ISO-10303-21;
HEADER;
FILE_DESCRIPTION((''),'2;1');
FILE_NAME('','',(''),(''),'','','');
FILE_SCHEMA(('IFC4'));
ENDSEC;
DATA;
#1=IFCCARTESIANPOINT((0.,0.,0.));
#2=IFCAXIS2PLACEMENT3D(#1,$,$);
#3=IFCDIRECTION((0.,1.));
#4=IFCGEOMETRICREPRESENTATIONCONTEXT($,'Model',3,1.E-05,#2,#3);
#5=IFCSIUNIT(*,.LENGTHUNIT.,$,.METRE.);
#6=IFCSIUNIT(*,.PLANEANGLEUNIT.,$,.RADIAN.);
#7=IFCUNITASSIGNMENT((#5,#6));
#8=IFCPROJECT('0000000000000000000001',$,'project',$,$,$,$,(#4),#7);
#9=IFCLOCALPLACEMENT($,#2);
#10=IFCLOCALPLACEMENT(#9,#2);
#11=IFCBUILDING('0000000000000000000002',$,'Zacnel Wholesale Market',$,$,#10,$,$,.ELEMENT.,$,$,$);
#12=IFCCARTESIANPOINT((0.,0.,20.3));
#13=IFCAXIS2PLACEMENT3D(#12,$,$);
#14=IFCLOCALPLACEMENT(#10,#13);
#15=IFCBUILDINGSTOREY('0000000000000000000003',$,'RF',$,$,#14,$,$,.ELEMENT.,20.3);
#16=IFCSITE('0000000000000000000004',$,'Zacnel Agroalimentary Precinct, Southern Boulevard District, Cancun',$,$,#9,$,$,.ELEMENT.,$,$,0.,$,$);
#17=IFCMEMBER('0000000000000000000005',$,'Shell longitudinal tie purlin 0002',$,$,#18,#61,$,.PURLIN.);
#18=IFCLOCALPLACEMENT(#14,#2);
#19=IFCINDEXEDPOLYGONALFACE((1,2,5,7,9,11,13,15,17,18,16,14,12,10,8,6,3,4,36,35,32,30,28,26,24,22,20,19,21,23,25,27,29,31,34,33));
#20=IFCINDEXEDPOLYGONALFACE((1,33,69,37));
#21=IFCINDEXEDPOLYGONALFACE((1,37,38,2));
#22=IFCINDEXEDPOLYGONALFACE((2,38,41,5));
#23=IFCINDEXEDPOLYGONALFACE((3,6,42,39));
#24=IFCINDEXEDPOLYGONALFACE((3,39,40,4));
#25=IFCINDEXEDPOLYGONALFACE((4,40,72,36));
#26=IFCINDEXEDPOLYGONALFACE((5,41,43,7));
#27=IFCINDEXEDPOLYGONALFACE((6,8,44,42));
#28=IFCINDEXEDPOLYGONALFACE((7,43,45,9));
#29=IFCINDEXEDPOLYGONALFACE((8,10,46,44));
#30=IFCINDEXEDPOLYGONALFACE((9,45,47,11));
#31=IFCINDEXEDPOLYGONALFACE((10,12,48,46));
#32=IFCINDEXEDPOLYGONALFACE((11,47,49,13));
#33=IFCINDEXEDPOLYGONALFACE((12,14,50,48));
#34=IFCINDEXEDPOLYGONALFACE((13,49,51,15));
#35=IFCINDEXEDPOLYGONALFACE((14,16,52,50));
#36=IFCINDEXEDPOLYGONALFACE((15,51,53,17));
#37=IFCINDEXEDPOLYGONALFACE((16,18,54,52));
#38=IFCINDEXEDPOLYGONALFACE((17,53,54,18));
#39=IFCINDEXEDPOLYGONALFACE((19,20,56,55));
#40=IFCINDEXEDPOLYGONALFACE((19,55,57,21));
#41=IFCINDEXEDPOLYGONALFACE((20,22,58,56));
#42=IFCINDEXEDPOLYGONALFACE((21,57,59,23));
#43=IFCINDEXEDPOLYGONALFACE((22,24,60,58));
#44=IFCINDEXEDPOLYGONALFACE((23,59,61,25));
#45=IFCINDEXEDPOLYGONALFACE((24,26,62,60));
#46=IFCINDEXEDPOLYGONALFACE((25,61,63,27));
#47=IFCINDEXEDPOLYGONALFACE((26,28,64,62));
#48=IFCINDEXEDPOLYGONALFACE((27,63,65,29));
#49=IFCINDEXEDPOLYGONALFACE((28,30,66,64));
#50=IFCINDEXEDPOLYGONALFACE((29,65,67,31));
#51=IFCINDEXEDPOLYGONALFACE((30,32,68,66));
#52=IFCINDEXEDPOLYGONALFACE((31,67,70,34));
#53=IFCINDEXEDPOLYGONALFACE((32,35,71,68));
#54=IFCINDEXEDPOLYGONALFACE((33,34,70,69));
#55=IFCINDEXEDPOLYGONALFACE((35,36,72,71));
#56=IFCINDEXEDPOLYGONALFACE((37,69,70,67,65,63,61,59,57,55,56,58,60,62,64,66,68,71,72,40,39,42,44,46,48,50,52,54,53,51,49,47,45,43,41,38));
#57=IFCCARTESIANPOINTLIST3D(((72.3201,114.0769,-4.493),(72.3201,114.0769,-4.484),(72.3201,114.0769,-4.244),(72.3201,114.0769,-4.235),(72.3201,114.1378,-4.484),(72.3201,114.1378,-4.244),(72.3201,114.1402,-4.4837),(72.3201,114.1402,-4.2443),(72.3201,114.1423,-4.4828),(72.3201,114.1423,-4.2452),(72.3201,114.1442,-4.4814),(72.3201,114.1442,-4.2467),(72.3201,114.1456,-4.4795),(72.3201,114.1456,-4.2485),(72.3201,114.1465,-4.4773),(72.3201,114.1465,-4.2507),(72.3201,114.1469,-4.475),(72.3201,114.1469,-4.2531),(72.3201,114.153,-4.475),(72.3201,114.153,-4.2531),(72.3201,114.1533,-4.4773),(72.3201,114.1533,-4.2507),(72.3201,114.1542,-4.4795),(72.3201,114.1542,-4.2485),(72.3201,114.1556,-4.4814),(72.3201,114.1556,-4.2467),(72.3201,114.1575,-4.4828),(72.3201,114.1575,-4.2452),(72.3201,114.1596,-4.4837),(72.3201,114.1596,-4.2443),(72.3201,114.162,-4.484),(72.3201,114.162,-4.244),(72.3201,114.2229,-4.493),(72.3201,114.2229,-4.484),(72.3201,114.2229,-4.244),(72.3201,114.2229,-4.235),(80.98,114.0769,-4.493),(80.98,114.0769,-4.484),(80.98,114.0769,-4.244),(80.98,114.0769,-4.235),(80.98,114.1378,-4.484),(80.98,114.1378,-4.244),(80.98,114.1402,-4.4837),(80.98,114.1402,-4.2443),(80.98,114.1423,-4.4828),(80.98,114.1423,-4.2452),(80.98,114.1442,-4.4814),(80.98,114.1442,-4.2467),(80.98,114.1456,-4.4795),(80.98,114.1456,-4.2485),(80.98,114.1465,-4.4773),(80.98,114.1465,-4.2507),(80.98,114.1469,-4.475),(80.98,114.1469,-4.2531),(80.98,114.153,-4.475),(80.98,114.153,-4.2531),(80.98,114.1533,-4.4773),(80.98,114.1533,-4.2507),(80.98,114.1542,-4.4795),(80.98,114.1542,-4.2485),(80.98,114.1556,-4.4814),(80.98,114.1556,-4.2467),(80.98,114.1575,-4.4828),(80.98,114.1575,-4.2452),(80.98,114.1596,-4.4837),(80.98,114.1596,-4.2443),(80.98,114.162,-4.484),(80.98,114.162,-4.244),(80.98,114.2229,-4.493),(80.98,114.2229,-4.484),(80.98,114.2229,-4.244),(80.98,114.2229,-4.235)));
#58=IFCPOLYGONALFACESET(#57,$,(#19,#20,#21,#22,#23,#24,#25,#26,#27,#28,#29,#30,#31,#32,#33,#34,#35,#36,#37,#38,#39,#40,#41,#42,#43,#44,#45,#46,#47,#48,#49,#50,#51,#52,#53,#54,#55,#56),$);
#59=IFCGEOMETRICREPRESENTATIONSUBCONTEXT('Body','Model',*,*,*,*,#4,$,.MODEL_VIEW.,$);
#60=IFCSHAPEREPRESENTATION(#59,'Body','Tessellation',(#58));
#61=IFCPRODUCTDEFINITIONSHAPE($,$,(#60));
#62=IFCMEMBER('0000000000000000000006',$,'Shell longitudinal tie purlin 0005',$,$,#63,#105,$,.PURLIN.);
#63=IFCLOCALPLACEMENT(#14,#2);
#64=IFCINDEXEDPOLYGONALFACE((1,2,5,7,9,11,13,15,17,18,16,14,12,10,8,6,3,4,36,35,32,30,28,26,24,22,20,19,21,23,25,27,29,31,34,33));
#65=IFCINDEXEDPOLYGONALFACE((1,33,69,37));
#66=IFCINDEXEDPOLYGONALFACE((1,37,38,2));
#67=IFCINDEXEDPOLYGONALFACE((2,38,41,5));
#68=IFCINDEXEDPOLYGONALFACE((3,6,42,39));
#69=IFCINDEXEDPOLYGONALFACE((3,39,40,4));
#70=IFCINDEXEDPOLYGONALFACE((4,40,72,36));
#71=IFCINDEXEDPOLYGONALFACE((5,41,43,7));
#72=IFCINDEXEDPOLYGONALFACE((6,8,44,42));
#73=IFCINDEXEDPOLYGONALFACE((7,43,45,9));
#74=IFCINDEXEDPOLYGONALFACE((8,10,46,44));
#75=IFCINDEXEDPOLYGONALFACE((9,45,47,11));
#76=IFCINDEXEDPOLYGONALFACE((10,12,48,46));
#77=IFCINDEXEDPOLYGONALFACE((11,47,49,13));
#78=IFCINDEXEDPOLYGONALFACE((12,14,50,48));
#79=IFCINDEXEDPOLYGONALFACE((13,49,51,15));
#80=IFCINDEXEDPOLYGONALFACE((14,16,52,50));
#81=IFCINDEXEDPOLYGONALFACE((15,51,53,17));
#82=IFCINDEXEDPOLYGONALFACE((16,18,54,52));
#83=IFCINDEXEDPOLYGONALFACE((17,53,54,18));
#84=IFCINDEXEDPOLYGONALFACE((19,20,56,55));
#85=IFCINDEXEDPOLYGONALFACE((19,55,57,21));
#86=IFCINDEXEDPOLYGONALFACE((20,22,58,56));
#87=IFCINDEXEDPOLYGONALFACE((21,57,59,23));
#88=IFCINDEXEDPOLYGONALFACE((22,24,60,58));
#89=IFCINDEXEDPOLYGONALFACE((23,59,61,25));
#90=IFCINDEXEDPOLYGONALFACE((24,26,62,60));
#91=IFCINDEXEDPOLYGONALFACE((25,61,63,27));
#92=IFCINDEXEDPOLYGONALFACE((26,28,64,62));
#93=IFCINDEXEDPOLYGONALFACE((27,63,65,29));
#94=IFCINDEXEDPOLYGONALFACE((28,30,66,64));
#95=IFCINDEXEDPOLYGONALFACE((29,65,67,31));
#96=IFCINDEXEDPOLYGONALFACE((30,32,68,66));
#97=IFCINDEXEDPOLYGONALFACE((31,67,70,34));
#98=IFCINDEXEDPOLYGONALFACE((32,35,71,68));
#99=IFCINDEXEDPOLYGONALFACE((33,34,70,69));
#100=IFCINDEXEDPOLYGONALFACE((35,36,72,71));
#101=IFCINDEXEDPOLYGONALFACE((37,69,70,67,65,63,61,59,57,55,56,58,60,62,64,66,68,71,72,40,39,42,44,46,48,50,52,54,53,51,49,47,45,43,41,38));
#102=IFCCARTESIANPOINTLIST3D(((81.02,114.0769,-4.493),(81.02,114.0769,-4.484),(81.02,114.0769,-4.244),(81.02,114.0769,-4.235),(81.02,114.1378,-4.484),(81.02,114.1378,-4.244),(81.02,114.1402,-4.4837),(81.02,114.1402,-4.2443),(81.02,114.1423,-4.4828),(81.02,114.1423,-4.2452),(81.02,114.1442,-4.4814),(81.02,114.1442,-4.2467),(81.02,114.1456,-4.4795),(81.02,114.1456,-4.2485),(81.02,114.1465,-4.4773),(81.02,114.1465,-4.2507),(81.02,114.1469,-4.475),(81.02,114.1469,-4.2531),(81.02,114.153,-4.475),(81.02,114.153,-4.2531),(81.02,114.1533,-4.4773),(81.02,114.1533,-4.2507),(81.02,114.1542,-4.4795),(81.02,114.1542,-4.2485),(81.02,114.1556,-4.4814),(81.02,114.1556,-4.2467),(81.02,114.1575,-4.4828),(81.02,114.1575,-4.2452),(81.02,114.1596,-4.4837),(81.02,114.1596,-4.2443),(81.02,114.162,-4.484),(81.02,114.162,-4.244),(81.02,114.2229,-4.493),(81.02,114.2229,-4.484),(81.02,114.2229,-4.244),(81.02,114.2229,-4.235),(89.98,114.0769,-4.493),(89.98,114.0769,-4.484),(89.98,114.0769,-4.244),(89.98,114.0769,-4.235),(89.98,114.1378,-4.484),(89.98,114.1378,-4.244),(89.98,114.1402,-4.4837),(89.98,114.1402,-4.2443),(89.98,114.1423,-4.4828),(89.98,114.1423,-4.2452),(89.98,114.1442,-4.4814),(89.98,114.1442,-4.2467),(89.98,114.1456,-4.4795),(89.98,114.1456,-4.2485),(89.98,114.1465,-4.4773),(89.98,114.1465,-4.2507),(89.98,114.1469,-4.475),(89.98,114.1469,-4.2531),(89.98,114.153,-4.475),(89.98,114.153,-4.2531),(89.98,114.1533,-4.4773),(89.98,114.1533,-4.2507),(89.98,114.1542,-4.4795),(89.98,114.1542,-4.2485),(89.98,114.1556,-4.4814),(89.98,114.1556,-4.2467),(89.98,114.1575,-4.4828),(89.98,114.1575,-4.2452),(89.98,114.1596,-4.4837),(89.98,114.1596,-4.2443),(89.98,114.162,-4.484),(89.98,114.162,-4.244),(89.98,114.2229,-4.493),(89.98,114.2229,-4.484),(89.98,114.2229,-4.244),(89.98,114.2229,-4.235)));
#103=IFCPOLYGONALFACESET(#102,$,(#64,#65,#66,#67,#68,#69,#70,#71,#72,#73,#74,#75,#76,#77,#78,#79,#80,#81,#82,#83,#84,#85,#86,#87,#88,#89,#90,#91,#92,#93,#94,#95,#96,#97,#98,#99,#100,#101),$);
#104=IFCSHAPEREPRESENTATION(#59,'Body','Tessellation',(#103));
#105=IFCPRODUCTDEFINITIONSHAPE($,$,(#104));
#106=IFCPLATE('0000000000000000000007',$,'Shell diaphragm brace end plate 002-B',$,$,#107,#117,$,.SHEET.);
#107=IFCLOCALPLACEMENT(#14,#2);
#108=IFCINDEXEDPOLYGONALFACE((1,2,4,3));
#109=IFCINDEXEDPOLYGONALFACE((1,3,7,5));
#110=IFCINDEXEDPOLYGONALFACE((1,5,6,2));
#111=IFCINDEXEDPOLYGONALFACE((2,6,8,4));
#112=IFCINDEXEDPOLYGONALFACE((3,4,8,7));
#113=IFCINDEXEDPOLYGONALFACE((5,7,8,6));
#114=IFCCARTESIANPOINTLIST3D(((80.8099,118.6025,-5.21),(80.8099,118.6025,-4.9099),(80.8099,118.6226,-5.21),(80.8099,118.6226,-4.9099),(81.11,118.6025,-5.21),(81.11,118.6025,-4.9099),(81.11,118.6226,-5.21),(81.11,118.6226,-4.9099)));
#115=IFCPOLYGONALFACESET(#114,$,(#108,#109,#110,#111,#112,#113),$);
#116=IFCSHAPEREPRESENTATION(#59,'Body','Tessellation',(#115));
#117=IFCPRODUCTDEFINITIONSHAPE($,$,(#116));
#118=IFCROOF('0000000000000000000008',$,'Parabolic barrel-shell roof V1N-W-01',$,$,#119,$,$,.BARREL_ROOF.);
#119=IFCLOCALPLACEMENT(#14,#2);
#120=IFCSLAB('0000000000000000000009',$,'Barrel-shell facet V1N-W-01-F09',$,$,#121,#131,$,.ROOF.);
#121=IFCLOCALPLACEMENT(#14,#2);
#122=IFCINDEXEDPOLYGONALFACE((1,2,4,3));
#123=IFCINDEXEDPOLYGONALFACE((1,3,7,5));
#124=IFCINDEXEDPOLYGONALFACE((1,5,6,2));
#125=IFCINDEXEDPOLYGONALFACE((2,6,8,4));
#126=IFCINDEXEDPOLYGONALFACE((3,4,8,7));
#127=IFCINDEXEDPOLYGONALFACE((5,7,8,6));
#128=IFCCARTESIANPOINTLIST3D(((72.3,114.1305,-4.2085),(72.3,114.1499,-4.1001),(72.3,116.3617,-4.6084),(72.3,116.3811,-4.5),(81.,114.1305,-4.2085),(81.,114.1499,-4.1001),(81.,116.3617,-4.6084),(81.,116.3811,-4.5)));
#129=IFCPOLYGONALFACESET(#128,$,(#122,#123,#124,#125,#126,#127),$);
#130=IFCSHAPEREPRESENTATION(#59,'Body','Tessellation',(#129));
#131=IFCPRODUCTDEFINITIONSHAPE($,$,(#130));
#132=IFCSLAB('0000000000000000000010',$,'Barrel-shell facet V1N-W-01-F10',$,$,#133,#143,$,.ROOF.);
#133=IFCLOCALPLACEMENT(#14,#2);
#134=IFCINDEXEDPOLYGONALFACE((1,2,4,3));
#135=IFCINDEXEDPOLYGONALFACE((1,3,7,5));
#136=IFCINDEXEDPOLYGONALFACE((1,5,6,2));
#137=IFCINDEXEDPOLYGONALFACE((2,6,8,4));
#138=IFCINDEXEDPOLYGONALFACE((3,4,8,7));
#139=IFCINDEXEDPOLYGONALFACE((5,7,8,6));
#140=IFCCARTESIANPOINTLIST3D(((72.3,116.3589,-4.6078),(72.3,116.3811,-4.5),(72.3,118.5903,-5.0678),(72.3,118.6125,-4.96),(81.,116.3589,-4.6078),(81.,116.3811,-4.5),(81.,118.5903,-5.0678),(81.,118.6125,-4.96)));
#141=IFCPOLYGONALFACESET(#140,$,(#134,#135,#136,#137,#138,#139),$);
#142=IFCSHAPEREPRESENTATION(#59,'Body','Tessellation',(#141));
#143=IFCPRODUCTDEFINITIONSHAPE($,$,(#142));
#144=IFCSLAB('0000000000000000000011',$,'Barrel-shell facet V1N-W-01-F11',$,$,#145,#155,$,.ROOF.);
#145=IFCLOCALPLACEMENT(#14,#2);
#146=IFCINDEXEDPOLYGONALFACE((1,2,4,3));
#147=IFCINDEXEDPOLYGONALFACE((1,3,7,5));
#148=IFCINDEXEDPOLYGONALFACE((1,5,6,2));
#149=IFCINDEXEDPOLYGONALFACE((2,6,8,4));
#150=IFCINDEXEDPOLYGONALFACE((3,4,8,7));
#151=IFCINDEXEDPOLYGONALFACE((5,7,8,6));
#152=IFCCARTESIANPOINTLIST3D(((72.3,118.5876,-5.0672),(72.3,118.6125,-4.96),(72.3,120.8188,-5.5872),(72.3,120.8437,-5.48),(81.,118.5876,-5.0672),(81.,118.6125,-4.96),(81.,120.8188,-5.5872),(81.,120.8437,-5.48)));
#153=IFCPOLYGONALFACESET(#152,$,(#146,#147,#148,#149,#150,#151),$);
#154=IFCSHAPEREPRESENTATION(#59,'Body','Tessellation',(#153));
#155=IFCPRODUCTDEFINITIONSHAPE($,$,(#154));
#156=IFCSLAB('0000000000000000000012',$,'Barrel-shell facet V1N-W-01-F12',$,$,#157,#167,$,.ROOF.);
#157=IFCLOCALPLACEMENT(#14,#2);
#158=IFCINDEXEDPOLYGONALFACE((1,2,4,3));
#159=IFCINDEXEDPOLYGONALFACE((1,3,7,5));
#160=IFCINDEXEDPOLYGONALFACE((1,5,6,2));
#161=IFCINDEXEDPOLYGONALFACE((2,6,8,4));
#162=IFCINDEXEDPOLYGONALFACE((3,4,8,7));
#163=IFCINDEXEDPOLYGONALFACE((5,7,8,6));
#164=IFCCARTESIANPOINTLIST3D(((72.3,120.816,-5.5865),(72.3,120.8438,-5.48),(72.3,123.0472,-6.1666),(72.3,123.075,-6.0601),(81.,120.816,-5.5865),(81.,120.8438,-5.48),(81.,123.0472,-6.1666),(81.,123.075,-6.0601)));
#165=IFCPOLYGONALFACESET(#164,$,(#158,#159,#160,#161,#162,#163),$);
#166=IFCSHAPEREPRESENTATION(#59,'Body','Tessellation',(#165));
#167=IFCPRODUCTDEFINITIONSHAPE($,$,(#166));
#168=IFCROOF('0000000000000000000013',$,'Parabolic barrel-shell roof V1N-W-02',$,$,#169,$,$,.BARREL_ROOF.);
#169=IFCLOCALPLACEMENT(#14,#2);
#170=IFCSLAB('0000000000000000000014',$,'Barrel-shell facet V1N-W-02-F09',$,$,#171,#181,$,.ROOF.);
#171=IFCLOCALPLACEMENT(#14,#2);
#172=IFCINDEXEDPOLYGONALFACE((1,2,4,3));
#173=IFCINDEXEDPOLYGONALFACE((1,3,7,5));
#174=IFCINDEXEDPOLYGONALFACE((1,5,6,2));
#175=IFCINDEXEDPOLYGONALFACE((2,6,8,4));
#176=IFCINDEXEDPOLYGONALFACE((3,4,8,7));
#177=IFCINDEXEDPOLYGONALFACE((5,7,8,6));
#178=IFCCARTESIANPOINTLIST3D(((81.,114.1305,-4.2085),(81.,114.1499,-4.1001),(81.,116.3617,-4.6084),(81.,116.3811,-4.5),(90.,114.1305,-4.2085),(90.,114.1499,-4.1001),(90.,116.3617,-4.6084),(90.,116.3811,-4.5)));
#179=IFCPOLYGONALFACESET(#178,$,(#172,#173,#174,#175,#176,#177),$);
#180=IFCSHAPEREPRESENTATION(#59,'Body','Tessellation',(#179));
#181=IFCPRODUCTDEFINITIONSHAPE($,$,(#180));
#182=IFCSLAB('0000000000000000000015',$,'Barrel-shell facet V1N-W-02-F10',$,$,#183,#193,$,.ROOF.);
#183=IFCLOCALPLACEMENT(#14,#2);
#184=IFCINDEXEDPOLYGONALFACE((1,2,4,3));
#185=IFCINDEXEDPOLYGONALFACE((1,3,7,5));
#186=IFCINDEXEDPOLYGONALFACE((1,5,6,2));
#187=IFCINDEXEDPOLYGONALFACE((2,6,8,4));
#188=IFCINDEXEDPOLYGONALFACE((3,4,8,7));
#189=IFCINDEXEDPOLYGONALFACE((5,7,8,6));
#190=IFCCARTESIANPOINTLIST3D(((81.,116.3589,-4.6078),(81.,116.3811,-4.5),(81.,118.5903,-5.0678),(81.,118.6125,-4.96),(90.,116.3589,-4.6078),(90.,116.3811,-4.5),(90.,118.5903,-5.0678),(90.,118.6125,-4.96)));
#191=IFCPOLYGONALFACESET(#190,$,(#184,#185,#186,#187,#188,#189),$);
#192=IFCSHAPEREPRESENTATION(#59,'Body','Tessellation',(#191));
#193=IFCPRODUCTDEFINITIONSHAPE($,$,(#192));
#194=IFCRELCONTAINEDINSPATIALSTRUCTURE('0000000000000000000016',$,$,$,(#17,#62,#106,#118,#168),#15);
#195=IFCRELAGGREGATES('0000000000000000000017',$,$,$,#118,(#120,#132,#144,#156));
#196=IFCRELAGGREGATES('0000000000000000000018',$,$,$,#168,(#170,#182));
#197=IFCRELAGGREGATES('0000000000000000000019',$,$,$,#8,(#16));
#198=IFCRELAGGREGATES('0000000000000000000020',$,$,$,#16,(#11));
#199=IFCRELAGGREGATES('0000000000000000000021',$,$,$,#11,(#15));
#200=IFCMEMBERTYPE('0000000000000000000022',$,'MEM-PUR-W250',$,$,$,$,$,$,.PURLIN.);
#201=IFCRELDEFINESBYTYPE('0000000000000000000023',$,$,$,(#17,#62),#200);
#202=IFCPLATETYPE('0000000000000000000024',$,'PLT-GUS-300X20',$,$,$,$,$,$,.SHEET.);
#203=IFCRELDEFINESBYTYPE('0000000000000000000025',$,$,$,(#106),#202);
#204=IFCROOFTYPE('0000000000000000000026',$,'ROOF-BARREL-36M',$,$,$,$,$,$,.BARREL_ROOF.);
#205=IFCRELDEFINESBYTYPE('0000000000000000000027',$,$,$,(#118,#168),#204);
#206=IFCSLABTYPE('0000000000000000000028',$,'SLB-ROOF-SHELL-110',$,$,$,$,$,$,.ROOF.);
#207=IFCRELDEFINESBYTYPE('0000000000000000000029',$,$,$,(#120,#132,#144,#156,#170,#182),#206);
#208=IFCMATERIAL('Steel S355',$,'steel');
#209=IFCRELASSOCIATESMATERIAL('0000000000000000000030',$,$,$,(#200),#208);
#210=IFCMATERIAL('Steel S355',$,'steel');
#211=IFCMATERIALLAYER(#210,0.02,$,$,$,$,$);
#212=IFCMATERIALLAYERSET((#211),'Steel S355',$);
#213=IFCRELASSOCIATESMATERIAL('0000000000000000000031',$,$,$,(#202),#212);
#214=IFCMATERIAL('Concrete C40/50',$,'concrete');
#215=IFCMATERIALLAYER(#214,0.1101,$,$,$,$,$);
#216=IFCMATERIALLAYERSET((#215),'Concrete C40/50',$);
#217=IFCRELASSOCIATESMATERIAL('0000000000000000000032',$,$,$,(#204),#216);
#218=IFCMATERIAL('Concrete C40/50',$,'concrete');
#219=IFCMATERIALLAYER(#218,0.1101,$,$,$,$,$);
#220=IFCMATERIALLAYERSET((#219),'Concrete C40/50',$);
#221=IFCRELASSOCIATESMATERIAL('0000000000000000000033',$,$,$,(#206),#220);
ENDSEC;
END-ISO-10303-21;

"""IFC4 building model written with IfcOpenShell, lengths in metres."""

from ifc_helpers import new_model, si_unit, direction, frame, origin, origin_2d, place, context, subcontext, project, spatial, polyline, rectangle, i_section, outline, extrude, material, layer, layer_set, material_profile, profile_set, type_object, element, aggregate, save


model = new_model("IFC4")

# Units and contexts
model_context = context("Model", 3, precision=1e-05, world=origin(), true_north=direction((0.0, 1.0)))
body_context = subcontext(model_context, "Body", "Model", "MODEL_VIEW")
ifc_project = project(units=[si_unit("LENGTHUNIT", "METRE"), si_unit("PLANEANGLEUNIT", "RADIAN")], contexts=[model_context])

# Site, building, storey
site_placement = place(None, origin())
site = spatial("IfcSite", under=ifc_project, at=site_placement, Name="Zacnel Agroalimentary Precinct, Southern Boulevard District, Cancun", CompositionType="ELEMENT", RefElevation=0.0)
building_placement = place(site_placement, origin())
building = spatial("IfcBuilding", under=site, at=building_placement, Name="Zacnel Wholesale Market", CompositionType="ELEMENT")
storey_placement = place(building_placement, frame((0.0, 0.0, 20.3)))
storey = spatial("IfcBuildingStorey", under=building, at=storey_placement, Name="RF", CompositionType="ELEMENT", Elevation=20.3)

# Members
ifc_material_1 = material(Name="Steel S355", Category="steel")
ifc_material_profile_1 = material_profile(ifc_material_1, i_section(OverallWidth=0.146, OverallDepth=0.2581, WebThickness=0.0061, FlangeThickness=0.009, FilletRadius=0.009, at=origin_2d()), Name="W250X32.7")
ifc_profile_set_1 = profile_set([ifc_material_profile_1], Name="Steel S355")
member_type = type_object("IfcMemberType", Name="MEM-PUR-W250", PredefinedType="PURLIN", material=ifc_profile_set_1)
member_1_placement = place(storey_placement, frame((72.3201, 114.1499, -4.364), z_axis=(1.0, 0.0, 0.0), x_axis=(0.0, 1.0, 0.0)))
element("IfcMember", 1, at=member_1_placement, inside=storey, type_object=member_type, Name="Shell longitudinal tie purlin 0002", PredefinedType="PURLIN", context=body_context, shape_type="SweptSolid", body=[
    extrude(i_section(OverallWidth=0.146, OverallDepth=0.2581, WebThickness=0.0061, FlangeThickness=0.009, FilletRadius=0.009, at=origin_2d()), origin(), (0.0, 0.0, 1.0), 8.6599),
])
member_2_placement = place(storey_placement, frame((81.02, 114.1499, -4.364), z_axis=(1.0, 0.0, 0.0), x_axis=(0.0, 1.0, 0.0)))
element("IfcMember", 2, at=member_2_placement, inside=storey, type_object=member_type, Name="Shell longitudinal tie purlin 0005", PredefinedType="PURLIN", context=body_context, shape_type="SweptSolid", body=[
    extrude(i_section(OverallWidth=0.146, OverallDepth=0.2581, WebThickness=0.0061, FlangeThickness=0.009, FilletRadius=0.009, at=origin_2d()), origin(), (0.0, 0.0, 1.0), 8.96),
])

# Plate
ifc_material_2 = material(Name="Steel S355", Category="steel")
ifc_layer_1 = layer(ifc_material_2, 0.02)
ifc_layer_set_1 = layer_set([ifc_layer_1], Name="Steel S355")
plate_type = type_object("IfcPlateType", Name="PLT-GUS-300X20", PredefinedType="SHEET", material=ifc_layer_set_1)
plate_placement = place(storey_placement, frame((80.96, 118.6125, -5.21), z_axis=(0.0, 0.0, 1.0), x_axis=(1.0, 0.0, 0.0)))
element("IfcPlate", 3, at=plate_placement, inside=storey, type_object=plate_type, Name="Shell diaphragm brace end plate 002-B", PredefinedType="SHEET", context=body_context, shape_type="SweptSolid", body=[
    extrude(rectangle(XDim=0.3, YDim=0.02, at=origin_2d()), origin(), (0.0, 0.0, 1.0), 0.3),
])

# Roofs, slabs
ifc_material_3 = material(Name="Concrete C40/50", Category="concrete")
ifc_layer_2 = layer(ifc_material_3, 0.1101)
ifc_layer_set_2 = layer_set([ifc_layer_2], Name="Concrete C40/50")
roof_type = type_object("IfcRoofType", Name="ROOF-BARREL-36M", PredefinedType="BARREL_ROOF", material=ifc_layer_set_2)
roof_1_placement = place(storey_placement, origin())
roof_1 = element("IfcRoof", 4, at=roof_1_placement, inside=storey, type_object=roof_type, Name="Parabolic barrel-shell roof V1N-W-01", PredefinedType="BARREL_ROOF")
ifc_material_4 = material(Name="Concrete C40/50", Category="concrete")
ifc_layer_3 = layer(ifc_material_4, 0.1101)
ifc_layer_set_3 = layer_set([ifc_layer_3], Name="Concrete C40/50")
slab_type = type_object("IfcSlabType", Name="SLB-ROOF-SHELL-110", PredefinedType="ROOF", material=ifc_layer_set_3)
slab_1_placement = place(storey_placement, frame((72.3, 114.1499, -4.1001), z_axis=(0.0, 0.176421, 0.984315), x_axis=(1.0, 0.0, 0.0)))
slab_1 = element("IfcSlab", 5, at=slab_1_placement, type_object=slab_type, Name="Barrel-shell facet V1N-W-01-F09", PredefinedType="ROOF", context=body_context, shape_type="SweptSolid", body=[
    extrude(outline(polyline([(0.0, 0.0), (8.7, 0.0), (8.7, 2.2668), (0.0, 2.2668), (0.0, 0.0)])), origin(), (0.0, 0.0, -1.0), 0.1101),
])
slab_2_placement = place(storey_placement, frame((72.3, 116.3811, -4.5), z_axis=(0.0, 0.201883, 0.97941), x_axis=(1.0, 0.0, 0.0)))
slab_2 = element("IfcSlab", 6, at=slab_2_placement, type_object=slab_type, Name="Barrel-shell facet V1N-W-01-F10", PredefinedType="ROOF", context=body_context, shape_type="SweptSolid", body=[
    extrude(outline(polyline([(0.0, 0.0), (8.7, 0.0), (8.7, 2.2784), (0.0, 2.2784), (0.0, 0.0)])), origin(), (0.0, 0.0, -1.0), 0.1101),
])
slab_3_placement = place(storey_placement, frame((72.3, 118.6125, -4.96), z_axis=(0.0, 0.226984, 0.973899), x_axis=(1.0, 0.0, 0.0)))
slab_3 = element("IfcSlab", 7, at=slab_3_placement, type_object=slab_type, Name="Barrel-shell facet V1N-W-01-F11", PredefinedType="ROOF", context=body_context, shape_type="SweptSolid", body=[
    extrude(outline(polyline([(0.0, 0.0), (8.7, 0.0), (8.7, 2.291), (0.0, 2.291), (0.0, 0.0)])), origin(), (0.0, 0.0, -1.0), 0.1101),
])
slab_4_placement = place(storey_placement, frame((72.3, 120.8438, -5.48), z_axis=(0.0, 0.25162, 0.967826), x_axis=(1.0, 0.0, 0.0)))
slab_4 = element("IfcSlab", 8, at=slab_4_placement, type_object=slab_type, Name="Barrel-shell facet V1N-W-01-F12", PredefinedType="ROOF", context=body_context, shape_type="SweptSolid", body=[
    extrude(outline(polyline([(0.0, 0.0), (8.7, 0.0), (8.7, 2.3054), (0.0, 2.3054), (0.0, 0.0)])), origin(), (0.0, 0.0, -1.0), 0.1101),
])
aggregate(roof_1, [slab_1, slab_2, slab_3, slab_4])
roof_2_placement = place(storey_placement, origin())
roof_2 = element("IfcRoof", 9, at=roof_2_placement, inside=storey, type_object=roof_type, Name="Parabolic barrel-shell roof V1N-W-02", PredefinedType="BARREL_ROOF")
slab_5_placement = place(storey_placement, frame((81.0, 114.1499, -4.1001), z_axis=(0.0, 0.176421, 0.984315), x_axis=(1.0, 0.0, 0.0)))
slab_5 = element("IfcSlab", 10, at=slab_5_placement, type_object=slab_type, Name="Barrel-shell facet V1N-W-02-F09", PredefinedType="ROOF", context=body_context, shape_type="SweptSolid", body=[
    extrude(outline(polyline([(0.0, 0.0), (9.0, 0.0), (9.0, 2.2668), (0.0, 2.2668), (0.0, 0.0)])), origin(), (0.0, 0.0, -1.0), 0.1101),
])
slab_6_placement = place(storey_placement, frame((81.0, 116.3811, -4.5), z_axis=(0.0, 0.201883, 0.97941), x_axis=(1.0, 0.0, 0.0)))
slab_6 = element("IfcSlab", 11, at=slab_6_placement, type_object=slab_type, Name="Barrel-shell facet V1N-W-02-F10", PredefinedType="ROOF", context=body_context, shape_type="SweptSolid", body=[
    extrude(outline(polyline([(0.0, 0.0), (9.0, 0.0), (9.0, 2.2784), (0.0, 2.2784), (0.0, 0.0)])), origin(), (0.0, 0.0, -1.0), 0.1101),
])
aggregate(roof_2, [slab_5, slab_6])

save(model, "model.ifc")
